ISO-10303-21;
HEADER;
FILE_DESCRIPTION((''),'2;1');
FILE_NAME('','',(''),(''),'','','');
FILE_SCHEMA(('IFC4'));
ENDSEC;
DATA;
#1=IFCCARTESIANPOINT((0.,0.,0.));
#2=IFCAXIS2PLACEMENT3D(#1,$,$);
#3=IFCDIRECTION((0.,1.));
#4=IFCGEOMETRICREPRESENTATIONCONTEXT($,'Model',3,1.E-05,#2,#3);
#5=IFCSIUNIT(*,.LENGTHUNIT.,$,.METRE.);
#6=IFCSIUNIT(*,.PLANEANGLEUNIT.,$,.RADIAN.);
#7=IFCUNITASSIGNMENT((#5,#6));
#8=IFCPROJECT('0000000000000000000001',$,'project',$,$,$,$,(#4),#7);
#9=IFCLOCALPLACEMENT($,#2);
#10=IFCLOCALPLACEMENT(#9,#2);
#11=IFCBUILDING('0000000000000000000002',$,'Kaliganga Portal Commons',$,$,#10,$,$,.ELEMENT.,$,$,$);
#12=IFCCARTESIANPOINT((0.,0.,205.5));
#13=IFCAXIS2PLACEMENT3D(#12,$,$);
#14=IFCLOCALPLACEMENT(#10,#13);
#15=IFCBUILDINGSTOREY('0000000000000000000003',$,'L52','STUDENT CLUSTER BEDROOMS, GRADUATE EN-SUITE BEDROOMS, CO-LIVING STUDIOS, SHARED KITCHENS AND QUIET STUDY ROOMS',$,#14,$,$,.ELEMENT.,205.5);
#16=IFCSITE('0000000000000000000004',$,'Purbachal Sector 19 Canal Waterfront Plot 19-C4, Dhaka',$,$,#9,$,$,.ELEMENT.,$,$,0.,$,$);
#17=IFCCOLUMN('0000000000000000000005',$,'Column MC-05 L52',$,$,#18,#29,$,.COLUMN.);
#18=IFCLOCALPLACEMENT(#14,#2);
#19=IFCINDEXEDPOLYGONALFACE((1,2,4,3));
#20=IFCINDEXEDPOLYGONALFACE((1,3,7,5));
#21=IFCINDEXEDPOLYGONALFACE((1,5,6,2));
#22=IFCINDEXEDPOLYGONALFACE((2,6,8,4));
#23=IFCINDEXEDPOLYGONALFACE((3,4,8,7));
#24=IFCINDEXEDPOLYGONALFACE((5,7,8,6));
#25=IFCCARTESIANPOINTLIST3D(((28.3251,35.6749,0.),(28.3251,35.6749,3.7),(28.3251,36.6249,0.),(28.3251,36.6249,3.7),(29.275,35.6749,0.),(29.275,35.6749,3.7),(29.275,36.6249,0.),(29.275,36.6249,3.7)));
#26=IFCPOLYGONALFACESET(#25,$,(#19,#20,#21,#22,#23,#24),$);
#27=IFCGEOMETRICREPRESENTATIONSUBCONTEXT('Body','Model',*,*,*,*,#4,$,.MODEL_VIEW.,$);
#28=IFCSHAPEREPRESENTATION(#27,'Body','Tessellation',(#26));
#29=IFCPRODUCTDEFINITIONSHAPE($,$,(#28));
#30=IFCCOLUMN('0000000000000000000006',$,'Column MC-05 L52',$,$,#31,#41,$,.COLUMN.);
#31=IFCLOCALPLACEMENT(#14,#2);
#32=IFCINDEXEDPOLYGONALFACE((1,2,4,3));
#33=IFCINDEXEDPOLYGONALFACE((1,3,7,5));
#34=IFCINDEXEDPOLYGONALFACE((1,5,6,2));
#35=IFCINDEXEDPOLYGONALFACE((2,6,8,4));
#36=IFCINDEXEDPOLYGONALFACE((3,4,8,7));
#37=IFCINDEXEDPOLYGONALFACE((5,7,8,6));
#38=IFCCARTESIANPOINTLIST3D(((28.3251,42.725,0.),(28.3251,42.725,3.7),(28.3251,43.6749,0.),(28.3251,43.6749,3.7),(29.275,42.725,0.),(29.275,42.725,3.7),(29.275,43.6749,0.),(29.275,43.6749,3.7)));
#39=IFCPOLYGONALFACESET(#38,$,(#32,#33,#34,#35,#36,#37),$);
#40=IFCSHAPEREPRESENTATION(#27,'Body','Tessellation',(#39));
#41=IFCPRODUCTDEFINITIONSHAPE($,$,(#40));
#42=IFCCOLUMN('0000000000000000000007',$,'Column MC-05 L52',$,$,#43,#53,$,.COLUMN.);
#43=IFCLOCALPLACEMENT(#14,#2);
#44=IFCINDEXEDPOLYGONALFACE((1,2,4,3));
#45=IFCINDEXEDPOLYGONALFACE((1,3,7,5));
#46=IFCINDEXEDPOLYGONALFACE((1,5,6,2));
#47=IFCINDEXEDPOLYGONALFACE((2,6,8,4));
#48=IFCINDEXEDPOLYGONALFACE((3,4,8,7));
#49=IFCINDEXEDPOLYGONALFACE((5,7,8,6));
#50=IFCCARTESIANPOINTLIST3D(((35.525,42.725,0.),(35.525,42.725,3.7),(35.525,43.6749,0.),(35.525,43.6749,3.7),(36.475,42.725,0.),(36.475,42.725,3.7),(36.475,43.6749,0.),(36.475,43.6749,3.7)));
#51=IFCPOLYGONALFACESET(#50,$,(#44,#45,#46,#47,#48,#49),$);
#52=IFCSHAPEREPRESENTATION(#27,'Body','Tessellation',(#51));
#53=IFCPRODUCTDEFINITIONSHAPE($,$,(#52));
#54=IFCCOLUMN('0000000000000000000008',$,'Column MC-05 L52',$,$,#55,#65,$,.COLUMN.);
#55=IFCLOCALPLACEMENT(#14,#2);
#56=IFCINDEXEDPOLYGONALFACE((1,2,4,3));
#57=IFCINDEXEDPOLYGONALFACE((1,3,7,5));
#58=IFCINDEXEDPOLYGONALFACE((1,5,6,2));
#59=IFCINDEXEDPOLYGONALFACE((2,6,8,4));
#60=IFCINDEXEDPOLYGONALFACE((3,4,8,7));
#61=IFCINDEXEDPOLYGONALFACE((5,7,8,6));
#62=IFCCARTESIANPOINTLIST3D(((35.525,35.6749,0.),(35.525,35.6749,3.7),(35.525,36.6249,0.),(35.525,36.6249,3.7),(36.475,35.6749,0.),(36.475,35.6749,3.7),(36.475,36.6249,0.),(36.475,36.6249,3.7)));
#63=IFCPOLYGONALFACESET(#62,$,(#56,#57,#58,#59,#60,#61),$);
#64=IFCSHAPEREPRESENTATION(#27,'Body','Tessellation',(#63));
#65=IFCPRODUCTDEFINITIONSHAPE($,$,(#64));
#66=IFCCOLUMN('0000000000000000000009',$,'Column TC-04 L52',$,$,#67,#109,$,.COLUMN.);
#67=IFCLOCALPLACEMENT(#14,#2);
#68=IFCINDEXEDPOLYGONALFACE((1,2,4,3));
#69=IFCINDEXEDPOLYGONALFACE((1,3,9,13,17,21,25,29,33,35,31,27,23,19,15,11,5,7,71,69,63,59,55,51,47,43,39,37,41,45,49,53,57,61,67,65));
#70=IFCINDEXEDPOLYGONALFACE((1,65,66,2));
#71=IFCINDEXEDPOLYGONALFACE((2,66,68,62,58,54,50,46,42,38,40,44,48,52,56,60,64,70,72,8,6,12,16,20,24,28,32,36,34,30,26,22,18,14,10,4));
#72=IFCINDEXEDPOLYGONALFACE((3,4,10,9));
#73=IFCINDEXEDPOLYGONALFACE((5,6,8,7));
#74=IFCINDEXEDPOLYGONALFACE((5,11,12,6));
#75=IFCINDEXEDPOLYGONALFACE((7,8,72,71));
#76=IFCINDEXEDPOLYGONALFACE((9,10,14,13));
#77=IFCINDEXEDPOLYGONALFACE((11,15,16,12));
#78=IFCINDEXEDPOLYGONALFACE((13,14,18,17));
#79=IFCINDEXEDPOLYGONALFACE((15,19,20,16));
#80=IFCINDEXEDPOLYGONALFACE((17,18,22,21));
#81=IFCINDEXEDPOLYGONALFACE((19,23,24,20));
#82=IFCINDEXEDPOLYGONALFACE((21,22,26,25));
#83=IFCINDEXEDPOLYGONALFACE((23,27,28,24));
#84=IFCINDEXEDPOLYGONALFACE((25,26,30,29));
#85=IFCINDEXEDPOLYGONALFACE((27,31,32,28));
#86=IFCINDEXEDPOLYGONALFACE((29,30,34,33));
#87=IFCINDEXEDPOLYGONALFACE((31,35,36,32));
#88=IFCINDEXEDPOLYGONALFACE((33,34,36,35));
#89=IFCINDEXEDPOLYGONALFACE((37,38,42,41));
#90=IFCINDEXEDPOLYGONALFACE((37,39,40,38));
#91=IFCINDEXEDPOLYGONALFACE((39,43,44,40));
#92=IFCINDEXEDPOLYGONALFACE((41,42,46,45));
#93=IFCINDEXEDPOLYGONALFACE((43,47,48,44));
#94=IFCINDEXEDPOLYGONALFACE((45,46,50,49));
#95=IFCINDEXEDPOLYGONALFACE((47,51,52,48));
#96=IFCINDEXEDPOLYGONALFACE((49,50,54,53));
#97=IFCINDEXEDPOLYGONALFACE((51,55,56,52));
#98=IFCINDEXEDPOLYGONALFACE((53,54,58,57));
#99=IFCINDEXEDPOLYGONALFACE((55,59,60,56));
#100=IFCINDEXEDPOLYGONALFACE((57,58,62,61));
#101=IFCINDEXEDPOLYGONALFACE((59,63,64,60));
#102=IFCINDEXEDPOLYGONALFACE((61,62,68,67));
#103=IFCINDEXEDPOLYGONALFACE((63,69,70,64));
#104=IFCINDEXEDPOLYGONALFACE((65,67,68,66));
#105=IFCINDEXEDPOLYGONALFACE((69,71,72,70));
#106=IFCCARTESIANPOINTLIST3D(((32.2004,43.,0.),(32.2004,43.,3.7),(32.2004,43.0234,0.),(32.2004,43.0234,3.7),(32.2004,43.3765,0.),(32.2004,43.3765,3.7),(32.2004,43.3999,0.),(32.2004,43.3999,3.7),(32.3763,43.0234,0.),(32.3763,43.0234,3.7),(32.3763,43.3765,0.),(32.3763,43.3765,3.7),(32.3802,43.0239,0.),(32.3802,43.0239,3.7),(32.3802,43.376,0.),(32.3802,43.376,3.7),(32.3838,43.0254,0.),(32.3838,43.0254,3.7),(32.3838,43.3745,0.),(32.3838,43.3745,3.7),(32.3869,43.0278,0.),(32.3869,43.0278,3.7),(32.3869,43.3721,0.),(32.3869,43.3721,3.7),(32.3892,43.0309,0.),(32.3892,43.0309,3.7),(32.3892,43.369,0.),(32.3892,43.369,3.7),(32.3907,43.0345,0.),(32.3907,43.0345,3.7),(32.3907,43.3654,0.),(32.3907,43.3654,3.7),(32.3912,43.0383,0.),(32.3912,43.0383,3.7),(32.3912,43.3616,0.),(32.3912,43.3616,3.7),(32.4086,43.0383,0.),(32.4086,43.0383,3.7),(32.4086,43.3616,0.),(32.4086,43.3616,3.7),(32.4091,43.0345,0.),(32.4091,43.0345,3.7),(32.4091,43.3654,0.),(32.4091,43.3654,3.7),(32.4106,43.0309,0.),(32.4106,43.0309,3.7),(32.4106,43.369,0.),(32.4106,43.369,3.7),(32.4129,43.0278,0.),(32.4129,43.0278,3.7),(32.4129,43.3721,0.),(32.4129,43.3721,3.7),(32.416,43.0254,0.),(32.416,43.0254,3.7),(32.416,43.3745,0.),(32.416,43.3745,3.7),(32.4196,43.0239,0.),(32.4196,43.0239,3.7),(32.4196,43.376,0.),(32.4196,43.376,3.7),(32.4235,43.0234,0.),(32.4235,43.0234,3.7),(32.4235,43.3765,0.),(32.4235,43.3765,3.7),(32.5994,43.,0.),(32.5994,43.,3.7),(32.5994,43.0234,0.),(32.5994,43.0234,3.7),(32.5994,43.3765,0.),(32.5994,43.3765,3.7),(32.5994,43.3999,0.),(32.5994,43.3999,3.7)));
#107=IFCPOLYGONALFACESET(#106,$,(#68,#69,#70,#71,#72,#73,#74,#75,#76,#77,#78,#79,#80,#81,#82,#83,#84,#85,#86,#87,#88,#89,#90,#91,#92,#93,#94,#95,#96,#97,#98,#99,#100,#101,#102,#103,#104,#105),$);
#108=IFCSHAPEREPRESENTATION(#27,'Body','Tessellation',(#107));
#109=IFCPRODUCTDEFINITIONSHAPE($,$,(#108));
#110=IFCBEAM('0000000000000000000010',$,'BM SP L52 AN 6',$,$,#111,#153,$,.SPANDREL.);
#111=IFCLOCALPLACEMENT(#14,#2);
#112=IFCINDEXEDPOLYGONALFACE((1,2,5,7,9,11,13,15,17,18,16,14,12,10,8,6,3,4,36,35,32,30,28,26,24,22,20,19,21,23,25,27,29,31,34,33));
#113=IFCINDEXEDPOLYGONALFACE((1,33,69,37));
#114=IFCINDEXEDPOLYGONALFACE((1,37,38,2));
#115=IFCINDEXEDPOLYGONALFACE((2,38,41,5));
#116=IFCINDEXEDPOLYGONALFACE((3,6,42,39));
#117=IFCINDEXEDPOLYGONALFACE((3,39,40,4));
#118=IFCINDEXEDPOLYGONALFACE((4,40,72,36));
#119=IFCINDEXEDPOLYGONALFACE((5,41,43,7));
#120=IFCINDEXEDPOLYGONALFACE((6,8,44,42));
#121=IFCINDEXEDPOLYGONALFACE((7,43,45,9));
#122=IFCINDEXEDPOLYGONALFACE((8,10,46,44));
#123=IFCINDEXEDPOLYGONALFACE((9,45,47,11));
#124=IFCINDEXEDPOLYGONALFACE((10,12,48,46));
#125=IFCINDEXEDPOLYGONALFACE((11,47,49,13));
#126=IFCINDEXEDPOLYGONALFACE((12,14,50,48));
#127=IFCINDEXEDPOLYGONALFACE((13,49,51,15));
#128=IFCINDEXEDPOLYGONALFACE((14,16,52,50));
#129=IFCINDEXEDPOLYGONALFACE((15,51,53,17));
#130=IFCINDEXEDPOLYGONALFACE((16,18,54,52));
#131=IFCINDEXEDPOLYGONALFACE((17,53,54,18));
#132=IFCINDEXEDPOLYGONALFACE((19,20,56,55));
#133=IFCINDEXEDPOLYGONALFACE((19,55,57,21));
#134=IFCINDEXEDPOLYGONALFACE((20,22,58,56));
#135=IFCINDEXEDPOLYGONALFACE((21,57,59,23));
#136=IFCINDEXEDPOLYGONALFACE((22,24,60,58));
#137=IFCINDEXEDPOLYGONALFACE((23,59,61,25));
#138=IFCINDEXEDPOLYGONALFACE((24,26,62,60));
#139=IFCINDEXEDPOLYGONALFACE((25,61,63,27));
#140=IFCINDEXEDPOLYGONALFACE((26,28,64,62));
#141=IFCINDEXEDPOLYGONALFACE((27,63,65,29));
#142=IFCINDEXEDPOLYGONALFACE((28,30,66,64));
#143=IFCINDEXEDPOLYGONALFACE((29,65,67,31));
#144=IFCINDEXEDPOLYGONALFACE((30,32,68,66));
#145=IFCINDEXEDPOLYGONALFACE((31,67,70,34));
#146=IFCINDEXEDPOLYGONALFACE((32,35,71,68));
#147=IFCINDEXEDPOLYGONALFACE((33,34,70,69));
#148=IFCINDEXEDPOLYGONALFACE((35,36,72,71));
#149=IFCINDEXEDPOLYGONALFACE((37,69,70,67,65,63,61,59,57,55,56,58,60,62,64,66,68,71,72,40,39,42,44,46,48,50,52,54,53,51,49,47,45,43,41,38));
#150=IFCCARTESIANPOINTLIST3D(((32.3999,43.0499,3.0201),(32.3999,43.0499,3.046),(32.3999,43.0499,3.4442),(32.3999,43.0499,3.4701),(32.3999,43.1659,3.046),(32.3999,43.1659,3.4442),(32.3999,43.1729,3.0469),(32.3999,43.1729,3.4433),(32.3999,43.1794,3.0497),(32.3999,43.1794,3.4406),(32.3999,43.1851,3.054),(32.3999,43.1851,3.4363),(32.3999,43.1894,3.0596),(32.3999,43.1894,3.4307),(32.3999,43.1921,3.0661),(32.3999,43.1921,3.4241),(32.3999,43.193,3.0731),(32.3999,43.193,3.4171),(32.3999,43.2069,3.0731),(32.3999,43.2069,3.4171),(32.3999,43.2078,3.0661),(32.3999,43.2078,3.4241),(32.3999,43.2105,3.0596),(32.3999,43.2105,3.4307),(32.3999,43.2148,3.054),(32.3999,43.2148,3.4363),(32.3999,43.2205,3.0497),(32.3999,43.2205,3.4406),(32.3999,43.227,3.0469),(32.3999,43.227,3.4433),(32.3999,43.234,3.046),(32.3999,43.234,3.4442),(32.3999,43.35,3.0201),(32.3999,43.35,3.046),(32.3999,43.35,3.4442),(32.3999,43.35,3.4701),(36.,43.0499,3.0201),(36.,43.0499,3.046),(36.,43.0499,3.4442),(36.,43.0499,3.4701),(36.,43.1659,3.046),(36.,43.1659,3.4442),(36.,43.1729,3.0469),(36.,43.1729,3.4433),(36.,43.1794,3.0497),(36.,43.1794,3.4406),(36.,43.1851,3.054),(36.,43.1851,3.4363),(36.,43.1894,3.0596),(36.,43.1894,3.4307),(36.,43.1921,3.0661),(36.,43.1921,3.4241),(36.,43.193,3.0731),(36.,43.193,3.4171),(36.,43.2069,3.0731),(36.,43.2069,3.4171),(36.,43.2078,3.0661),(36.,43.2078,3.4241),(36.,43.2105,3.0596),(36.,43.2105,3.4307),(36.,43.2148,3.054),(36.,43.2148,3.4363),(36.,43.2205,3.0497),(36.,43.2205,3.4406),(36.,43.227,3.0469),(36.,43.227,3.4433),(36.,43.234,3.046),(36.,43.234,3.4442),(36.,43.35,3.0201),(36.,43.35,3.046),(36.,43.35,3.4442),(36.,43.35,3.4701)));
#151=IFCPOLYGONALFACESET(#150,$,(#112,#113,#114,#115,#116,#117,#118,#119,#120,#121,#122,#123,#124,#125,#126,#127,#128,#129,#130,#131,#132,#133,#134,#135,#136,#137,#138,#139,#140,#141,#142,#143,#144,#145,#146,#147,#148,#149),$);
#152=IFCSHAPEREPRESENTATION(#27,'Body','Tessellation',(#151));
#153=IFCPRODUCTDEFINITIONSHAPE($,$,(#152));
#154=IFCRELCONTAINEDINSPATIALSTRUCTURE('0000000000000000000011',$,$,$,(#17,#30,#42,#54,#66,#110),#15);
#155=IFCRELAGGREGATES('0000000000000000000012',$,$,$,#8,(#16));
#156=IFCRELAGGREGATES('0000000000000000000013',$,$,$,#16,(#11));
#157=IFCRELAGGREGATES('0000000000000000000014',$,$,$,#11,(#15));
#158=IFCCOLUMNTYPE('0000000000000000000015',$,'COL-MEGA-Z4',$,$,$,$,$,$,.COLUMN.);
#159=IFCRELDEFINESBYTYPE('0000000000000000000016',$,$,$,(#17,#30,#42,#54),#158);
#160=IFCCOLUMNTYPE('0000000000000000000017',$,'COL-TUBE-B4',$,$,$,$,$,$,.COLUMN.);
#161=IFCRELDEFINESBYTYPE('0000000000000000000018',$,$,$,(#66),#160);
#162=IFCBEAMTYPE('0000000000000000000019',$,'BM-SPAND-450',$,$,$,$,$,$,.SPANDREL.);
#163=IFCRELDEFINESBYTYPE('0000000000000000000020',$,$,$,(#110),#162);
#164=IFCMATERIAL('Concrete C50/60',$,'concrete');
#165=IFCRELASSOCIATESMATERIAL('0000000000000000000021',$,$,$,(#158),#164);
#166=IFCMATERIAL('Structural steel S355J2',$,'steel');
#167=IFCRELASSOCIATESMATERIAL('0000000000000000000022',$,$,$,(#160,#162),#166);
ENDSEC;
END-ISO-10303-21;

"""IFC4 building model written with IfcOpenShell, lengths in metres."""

from ifc_helpers import new_model, si_unit, direction, frame, origin, origin_2d, place, context, subcontext, project, spatial, rectangle, i_section, extrude, source, transform, mapped, material, material_profile, profile_set, type_object, element, save


model = new_model("IFC4")

# Units and contexts
model_context = context("Model", 3, precision=1e-05, world=origin(), true_north=direction((0.0, 1.0)))
body_context = subcontext(model_context, "Body", "Model", "MODEL_VIEW")
ifc_project = project(units=[si_unit("LENGTHUNIT", "METRE"), si_unit("PLANEANGLEUNIT", "RADIAN")], contexts=[model_context])

# Site, building, storey
site_placement = place(None, origin())
site = spatial("IfcSite", under=ifc_project, at=site_placement, Name="Purbachal Sector 19 Canal Waterfront Plot 19-C4, Dhaka", CompositionType="ELEMENT", RefElevation=0.0)
building_placement = place(site_placement, origin())
building = spatial("IfcBuilding", under=site, at=building_placement, Name="Kaliganga Portal Commons", CompositionType="ELEMENT")
storey_placement = place(building_placement, frame((0.0, 0.0, 205.5)))
storey = spatial("IfcBuildingStorey", under=building, at=storey_placement, Name="L52", Description="STUDENT CLUSTER BEDROOMS, GRADUATE EN-SUITE BEDROOMS, CO-LIVING STUDIOS, SHARED KITCHENS AND QUIET STUDY ROOMS", CompositionType="ELEMENT", Elevation=205.5)

# Columns
ifc_material_1 = material(Name="Concrete C50/60", Category="concrete")
ifc_material_profile_1 = material_profile(ifc_material_1, rectangle(XDim=0.95, YDim=0.95, at=origin_2d()), Name="RC 950x950")
ifc_profile_set_1 = profile_set([ifc_material_profile_1], Name="Concrete C50/60")
column_type_1 = type_object("IfcColumnType", Name="COL-MEGA-Z4", PredefinedType="COLUMN", material=ifc_profile_set_1)
shared_shape_1 = source(origin(), body_context, "Body", "SweptSolid", [
    extrude(rectangle(XDim=0.95, YDim=0.95, at=origin_2d()), origin(), (0.0, 0.0, 1.0), 3.7),
])
for number, where, z_axis, x_axis, name in (
    (1, (28.8, 36.1499, 0.0), (0.0, 0.0, 1.0), (1.0, 0.0, 0.0), "Column MC-05 L52"),
    (2, (28.8, 43.2, 0.0), (0.0, 0.0, 1.0), (1.0, 0.0, 0.0), "Column MC-05 L52"),
    (3, (36.0, 43.2, 0.0), (0.0, 0.0, 1.0), (1.0, 0.0, 0.0), "Column MC-05 L52"),
    (4, (36.0, 36.1499, 0.0), (0.0, 0.0, 1.0), (1.0, 0.0, 0.0), "Column MC-05 L52"),
):
    element("IfcColumn", number, at=place(storey_placement, frame(where, z_axis=z_axis, x_axis=x_axis)), inside=storey, type_object=column_type_1, Name=name, PredefinedType="COLUMN", context=body_context, shape_type="MappedRepresentation", body=[
        mapped(shared_shape_1, transform((0.0, 0.0, 0.0), x_axis=(1.0, 0.0, 0.0), y_axis=(0.0, 1.0, 0.0), z_axis=(0.0, 0.0, 1.0), scale=1.0)),
    ])
ifc_material_2 = material(Name="Structural steel S355J2", Category="steel")
ifc_material_profile_2 = material_profile(ifc_material_2, i_section(OverallWidth=0.3989, OverallDepth=0.3999, WebThickness=0.0173, FlangeThickness=0.0234, FilletRadius=0.0149, at=origin_2d()), Name="HD 400x287")
ifc_profile_set_2 = profile_set([ifc_material_profile_2], Name="Structural steel S355J2 wide-flange")
column_type_2 = type_object("IfcColumnType", Name="COL-TUBE-B4", PredefinedType="COLUMN", material=ifc_profile_set_2)
shared_shape_2 = source(origin(), body_context, "Body", "SweptSolid", [
    extrude(i_section(OverallWidth=0.3989, OverallDepth=0.3999, WebThickness=0.0173, FlangeThickness=0.0234, FilletRadius=0.0149, at=origin_2d()), origin(), (0.0, 0.0, 1.0), 3.7),
])
column_placement = place(storey_placement, frame((32.3999, 43.2, 0.0), z_axis=(0.0, 0.0, 1.0), x_axis=(1.0, 0.0, 0.0)))
element("IfcColumn", 5, at=column_placement, inside=storey, type_object=column_type_2, Name="Column TC-04 L52", PredefinedType="COLUMN", context=body_context, shape_type="MappedRepresentation", body=[
    mapped(shared_shape_2, transform((0.0, 0.0, 0.0), x_axis=(1.0, 0.0, 0.0), y_axis=(0.0, 1.0, 0.0), z_axis=(0.0, 0.0, 1.0), scale=1.0)),
])

# Beam
ifc_material_profile_3 = material_profile(ifc_material_2, i_section(OverallWidth=0.3, OverallDepth=0.45, WebThickness=0.0139, FlangeThickness=0.0259, FilletRadius=0.0271, at=origin_2d()), Name="HE 450 B")
ifc_profile_set_3 = profile_set([ifc_material_profile_3], Name="Structural steel S355J2 wide-flange")
beam_type_1 = type_object("IfcBeamType", Name="BM-SPAND-450", PredefinedType="SPANDREL", material=ifc_profile_set_3)
shared_shape_3 = source(origin(), body_context, "Body", "SweptSolid", [
    extrude(i_section(OverallWidth=0.3, OverallDepth=0.45, WebThickness=0.0139, FlangeThickness=0.0259, FilletRadius=0.0271, at=origin_2d()), origin(), (0.0, 0.0, 1.0), 3.6001),
])
beam_1_placement = place(storey_placement, frame((32.3999, 43.2, 3.2451), z_axis=(1.0, 0.0, 0.0), x_axis=(0.0, 1.0, 0.0)))
element("IfcBeam", 6, at=beam_1_placement, inside=storey, type_object=beam_type_1, Name="BM SP L52 AN 6", PredefinedType="SPANDREL", context=body_context, shape_type="MappedRepresentation", body=[
    mapped(shared_shape_3, transform((0.0, 0.0, 0.0), x_axis=(1.0, 0.0, 0.0), y_axis=(0.0, 1.0, 0.0), z_axis=(0.0, 0.0, 1.0), scale=1.0)),
])

save(model, "model.ifc")
